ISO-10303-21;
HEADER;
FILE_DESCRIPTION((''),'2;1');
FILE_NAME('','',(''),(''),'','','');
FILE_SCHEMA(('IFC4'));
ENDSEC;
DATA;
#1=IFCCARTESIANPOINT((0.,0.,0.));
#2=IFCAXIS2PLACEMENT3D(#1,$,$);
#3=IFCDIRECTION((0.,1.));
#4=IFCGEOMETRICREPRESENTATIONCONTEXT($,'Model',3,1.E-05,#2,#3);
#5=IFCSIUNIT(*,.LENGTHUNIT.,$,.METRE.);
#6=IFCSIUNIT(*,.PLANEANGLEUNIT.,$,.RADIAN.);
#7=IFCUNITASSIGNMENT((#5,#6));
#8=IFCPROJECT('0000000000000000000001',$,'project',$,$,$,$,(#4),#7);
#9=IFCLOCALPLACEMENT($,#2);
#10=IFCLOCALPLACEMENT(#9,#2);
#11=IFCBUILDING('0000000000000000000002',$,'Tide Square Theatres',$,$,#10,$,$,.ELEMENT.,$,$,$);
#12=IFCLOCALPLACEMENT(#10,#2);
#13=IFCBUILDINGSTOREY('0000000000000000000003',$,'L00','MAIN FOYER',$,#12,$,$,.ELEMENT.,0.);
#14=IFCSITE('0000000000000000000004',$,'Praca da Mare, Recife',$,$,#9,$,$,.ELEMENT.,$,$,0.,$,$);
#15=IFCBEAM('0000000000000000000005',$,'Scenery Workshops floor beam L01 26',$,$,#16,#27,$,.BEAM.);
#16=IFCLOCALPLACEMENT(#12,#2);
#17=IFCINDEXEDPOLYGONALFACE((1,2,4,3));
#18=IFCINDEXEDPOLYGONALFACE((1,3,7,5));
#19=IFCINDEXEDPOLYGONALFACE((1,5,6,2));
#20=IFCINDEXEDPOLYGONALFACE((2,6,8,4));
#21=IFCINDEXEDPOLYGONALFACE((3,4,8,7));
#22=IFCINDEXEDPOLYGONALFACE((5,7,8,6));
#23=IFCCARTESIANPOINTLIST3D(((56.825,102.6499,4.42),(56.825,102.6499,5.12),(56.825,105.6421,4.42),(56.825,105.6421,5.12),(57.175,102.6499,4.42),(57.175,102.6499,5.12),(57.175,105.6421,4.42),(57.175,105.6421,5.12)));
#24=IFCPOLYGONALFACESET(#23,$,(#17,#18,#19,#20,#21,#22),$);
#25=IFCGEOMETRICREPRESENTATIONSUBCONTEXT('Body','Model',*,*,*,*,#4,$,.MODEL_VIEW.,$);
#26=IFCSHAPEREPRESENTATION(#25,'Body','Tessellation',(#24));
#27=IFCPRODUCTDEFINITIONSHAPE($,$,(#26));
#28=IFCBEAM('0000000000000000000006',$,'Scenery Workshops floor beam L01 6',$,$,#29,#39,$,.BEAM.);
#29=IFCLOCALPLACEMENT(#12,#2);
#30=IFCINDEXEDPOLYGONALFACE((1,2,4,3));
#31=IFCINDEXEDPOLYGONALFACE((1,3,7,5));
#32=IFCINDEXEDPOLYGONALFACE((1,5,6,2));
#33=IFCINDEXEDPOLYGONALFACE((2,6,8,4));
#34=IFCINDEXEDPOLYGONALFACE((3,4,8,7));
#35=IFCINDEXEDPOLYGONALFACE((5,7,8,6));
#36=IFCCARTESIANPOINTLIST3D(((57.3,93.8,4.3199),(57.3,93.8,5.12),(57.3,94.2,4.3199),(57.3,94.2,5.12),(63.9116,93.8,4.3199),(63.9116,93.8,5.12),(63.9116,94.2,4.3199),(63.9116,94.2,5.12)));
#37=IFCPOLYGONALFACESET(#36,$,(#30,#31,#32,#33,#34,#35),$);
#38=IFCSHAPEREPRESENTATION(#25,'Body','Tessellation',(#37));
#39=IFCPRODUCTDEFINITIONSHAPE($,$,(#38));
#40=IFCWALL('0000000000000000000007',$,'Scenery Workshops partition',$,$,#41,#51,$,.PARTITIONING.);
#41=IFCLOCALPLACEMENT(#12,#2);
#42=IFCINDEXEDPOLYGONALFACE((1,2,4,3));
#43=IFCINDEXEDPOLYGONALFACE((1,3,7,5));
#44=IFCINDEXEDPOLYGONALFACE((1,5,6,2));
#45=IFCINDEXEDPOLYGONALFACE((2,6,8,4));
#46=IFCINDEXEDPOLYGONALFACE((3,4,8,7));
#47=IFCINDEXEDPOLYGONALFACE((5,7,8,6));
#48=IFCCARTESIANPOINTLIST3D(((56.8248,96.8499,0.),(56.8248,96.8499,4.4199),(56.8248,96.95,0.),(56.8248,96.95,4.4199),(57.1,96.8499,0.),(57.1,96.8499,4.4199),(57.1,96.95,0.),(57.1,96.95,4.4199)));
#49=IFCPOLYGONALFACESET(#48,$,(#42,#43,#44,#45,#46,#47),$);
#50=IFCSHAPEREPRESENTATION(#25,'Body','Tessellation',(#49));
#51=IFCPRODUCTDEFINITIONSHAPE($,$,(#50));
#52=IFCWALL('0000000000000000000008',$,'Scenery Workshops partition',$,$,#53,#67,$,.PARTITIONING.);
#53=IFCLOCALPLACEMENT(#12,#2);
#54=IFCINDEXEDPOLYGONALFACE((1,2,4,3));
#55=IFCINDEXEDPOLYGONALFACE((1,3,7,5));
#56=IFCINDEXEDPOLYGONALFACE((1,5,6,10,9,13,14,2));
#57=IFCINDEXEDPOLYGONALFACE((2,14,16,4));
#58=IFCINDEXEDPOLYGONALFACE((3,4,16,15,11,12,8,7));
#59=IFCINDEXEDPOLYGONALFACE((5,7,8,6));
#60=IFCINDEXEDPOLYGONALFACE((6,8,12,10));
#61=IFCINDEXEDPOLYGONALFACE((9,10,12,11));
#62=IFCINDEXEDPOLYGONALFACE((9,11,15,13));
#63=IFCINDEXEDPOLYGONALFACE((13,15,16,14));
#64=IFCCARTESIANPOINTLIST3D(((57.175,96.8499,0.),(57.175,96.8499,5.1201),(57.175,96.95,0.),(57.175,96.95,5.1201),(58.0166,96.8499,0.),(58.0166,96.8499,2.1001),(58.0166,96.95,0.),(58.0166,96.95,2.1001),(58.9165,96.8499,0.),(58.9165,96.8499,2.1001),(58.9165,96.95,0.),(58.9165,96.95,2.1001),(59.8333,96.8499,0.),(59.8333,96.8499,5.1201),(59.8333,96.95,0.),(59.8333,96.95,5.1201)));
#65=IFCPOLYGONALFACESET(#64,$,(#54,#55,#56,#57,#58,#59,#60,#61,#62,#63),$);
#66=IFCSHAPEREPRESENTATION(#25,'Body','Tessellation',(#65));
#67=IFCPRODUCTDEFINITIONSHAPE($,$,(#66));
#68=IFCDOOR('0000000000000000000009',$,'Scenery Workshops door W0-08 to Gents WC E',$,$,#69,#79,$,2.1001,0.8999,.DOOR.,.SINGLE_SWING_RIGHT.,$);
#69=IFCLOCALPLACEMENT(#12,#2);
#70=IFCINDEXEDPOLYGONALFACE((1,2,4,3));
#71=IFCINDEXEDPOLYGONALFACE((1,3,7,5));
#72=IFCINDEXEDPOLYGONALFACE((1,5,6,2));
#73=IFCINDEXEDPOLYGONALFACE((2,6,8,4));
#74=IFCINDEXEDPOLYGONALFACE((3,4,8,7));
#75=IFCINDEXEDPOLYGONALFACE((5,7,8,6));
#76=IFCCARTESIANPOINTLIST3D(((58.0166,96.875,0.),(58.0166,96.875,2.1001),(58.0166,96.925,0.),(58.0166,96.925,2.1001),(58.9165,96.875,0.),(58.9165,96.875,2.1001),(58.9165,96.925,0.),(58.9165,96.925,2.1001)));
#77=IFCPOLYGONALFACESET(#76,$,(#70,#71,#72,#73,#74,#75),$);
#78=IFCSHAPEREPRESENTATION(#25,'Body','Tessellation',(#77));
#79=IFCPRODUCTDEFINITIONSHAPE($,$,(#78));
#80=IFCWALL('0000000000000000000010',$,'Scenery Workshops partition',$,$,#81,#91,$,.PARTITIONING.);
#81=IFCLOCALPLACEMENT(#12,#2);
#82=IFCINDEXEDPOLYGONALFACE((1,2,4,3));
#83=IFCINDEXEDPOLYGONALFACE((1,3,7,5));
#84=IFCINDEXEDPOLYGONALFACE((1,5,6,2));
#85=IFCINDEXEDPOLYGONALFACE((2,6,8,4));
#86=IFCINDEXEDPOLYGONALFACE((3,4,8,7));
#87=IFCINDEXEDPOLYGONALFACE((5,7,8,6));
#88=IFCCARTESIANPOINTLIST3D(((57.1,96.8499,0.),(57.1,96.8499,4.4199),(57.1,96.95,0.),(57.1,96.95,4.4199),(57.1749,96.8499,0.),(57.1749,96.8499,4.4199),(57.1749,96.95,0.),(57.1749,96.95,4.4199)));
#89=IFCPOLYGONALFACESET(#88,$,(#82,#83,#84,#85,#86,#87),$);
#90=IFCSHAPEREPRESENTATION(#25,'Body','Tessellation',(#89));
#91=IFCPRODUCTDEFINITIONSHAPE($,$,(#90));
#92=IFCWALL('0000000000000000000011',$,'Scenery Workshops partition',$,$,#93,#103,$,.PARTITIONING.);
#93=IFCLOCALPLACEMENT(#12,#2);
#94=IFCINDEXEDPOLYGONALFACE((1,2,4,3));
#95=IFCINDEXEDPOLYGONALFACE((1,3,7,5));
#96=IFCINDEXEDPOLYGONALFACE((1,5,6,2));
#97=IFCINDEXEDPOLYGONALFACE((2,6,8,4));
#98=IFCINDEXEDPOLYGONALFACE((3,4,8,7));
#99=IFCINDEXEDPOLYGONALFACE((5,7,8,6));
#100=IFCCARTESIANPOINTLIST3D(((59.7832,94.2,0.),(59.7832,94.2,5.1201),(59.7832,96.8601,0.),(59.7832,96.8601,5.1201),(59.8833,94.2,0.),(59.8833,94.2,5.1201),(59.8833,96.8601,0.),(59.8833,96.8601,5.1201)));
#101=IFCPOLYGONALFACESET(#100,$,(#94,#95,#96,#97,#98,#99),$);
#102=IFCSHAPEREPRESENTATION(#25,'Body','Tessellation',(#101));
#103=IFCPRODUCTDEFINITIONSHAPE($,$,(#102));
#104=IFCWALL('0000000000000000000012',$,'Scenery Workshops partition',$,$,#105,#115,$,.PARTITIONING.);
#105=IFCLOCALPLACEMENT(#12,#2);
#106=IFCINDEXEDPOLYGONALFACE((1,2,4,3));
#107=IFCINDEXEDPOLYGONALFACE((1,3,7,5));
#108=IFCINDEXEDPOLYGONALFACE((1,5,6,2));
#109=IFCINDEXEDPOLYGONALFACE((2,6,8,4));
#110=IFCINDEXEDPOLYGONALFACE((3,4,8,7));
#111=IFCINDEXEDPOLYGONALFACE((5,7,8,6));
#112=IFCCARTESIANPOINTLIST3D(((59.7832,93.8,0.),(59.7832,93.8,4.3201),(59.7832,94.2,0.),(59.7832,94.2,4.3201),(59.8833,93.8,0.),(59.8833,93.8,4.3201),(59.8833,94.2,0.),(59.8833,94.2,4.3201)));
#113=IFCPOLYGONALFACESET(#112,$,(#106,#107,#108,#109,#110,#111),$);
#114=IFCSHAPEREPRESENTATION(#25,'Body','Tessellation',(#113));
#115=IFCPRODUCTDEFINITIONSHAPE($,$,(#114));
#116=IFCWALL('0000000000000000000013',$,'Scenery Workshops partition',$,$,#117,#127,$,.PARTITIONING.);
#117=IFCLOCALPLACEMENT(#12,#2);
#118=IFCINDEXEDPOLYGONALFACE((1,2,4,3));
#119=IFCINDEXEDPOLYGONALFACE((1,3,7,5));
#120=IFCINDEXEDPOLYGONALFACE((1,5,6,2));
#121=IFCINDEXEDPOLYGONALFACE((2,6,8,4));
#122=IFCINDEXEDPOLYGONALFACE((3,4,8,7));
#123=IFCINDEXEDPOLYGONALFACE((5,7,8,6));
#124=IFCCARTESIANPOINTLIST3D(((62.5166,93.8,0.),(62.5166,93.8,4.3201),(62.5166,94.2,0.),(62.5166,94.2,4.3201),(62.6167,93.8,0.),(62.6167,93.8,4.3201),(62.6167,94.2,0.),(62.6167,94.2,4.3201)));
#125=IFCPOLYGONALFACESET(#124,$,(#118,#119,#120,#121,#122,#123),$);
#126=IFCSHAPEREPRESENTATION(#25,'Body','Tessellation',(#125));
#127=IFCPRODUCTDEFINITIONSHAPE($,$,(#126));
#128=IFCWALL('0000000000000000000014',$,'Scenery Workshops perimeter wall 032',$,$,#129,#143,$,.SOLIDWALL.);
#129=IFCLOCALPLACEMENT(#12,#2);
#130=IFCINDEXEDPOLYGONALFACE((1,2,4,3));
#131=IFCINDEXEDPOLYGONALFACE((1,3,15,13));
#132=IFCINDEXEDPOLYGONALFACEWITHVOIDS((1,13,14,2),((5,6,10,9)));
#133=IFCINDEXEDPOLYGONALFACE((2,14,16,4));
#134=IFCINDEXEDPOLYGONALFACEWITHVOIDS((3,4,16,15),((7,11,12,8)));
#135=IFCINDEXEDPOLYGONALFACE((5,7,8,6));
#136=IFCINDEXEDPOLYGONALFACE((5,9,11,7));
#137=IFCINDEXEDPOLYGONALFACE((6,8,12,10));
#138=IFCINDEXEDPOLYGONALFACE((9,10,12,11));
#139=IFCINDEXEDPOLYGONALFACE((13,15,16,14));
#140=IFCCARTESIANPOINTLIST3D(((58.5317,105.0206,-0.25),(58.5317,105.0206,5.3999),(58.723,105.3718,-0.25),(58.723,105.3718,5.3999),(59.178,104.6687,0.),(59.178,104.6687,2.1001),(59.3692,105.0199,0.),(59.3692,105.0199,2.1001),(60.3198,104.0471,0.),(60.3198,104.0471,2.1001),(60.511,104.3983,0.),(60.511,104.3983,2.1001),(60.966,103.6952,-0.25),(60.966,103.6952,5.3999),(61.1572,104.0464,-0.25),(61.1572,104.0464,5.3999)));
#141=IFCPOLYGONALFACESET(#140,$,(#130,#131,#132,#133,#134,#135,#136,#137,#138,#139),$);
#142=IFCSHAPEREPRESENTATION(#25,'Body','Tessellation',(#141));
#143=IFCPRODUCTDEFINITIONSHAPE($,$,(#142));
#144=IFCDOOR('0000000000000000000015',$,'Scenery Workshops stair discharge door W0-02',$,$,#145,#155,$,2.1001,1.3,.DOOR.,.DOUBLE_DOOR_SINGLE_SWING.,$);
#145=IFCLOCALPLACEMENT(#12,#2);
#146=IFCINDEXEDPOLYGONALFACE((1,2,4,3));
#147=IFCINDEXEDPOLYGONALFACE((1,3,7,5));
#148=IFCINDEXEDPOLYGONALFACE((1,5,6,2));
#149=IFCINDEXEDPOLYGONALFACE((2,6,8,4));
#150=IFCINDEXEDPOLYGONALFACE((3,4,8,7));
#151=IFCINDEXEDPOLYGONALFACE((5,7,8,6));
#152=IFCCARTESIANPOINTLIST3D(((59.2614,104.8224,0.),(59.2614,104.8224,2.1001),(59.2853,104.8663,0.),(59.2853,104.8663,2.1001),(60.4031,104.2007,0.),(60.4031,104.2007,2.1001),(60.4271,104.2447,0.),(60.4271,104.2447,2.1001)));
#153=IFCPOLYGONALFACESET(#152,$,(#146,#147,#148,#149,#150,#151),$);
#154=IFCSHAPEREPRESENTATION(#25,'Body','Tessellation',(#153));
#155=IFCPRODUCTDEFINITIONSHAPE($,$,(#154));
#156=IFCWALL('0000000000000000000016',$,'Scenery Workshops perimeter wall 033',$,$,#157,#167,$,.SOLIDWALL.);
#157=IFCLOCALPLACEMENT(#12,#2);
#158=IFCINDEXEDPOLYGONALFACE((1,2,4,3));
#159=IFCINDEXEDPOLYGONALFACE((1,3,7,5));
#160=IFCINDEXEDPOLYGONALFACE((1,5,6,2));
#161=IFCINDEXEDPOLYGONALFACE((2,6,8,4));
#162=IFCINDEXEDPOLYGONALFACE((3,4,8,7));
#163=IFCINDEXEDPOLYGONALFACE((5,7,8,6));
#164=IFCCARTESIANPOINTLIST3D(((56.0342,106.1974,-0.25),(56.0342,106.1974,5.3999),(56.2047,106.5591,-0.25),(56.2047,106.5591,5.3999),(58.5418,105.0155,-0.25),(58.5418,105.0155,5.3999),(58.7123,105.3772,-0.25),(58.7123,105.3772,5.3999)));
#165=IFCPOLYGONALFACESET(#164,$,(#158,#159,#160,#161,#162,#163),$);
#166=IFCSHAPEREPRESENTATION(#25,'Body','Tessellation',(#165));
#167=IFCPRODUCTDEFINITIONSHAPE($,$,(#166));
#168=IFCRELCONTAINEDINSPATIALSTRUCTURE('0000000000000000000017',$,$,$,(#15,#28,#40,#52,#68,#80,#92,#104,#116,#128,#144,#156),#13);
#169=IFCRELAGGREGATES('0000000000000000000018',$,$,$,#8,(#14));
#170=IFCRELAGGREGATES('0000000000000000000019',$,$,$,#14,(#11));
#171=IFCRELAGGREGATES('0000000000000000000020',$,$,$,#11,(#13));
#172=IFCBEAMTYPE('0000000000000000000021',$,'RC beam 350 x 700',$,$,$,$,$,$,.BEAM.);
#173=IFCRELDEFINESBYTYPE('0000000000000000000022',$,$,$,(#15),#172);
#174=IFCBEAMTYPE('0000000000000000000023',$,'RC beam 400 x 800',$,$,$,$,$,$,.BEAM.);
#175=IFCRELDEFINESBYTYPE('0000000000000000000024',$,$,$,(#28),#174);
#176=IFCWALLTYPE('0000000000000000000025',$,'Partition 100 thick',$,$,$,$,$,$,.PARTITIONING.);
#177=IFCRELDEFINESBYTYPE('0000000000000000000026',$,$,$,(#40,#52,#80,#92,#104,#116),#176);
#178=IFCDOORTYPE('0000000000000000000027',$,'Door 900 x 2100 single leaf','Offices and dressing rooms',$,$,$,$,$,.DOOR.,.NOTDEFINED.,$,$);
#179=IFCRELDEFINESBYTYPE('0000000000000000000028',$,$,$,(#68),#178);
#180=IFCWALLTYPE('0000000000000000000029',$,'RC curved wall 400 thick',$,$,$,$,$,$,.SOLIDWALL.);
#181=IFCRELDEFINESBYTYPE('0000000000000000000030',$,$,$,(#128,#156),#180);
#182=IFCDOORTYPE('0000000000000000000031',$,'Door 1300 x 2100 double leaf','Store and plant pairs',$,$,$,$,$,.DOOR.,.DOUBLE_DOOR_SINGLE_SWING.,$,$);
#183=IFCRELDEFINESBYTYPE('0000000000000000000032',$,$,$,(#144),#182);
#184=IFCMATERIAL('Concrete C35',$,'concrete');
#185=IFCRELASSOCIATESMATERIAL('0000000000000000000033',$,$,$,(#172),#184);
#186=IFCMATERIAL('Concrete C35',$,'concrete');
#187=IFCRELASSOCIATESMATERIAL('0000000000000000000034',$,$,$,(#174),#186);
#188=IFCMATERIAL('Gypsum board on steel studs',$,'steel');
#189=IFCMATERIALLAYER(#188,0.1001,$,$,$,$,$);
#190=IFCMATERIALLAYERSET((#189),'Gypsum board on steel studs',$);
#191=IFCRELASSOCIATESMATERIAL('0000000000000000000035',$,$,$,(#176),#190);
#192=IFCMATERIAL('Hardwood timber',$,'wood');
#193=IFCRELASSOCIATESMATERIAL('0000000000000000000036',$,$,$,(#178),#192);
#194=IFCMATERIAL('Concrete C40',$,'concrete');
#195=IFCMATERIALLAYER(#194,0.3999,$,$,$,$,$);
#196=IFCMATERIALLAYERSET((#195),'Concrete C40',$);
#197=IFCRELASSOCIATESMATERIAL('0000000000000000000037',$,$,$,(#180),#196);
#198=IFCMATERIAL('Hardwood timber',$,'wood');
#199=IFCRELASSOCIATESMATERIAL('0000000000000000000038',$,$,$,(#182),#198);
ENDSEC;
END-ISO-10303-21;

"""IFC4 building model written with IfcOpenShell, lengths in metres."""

from ifc_helpers import new_model, si_unit, direction, frame, frame_2d, origin, origin_2d, place, context, subcontext, project, spatial, rectangle, extrude, material, layer, layer_set, material_profile, profile_set, type_object, element, fill, save


model = new_model("IFC4")

# Units and contexts
model_context = context("Model", 3, precision=1e-05, world=origin(), true_north=direction((0.0, 1.0)))
body_context = subcontext(model_context, "Body", "Model", "MODEL_VIEW")
ifc_project = project(units=[si_unit("LENGTHUNIT", "METRE"), si_unit("PLANEANGLEUNIT", "RADIAN")], contexts=[model_context])

# Site, building, storey
site_placement = place(None, origin())
site = spatial("IfcSite", under=ifc_project, at=site_placement, Name="Praca da Mare, Recife", CompositionType="ELEMENT", RefElevation=0.0)
building_placement = place(site_placement, origin())
building = spatial("IfcBuilding", under=site, at=building_placement, Name="Tide Square Theatres", CompositionType="ELEMENT")
storey_placement = place(building_placement, origin())
storey = spatial("IfcBuildingStorey", under=building, at=storey_placement, Name="L00", Description="MAIN FOYER", CompositionType="ELEMENT", Elevation=0.0)

# Beams
ifc_material_1 = material(Name="Concrete C35", Category="concrete")
ifc_material_profile_1 = material_profile(ifc_material_1, rectangle(XDim=0.3501, YDim=0.7, at=origin_2d()))
ifc_profile_set_1 = profile_set([ifc_material_profile_1], Name="Concrete C35")
beam_type_1 = type_object("IfcBeamType", Name="RC beam 350 x 700", PredefinedType="BEAM", material=ifc_profile_set_1)
beam_1_placement = place(storey_placement, frame((57.0, 102.6499, 4.77), z_axis=(0.0, 1.0, 0.0), x_axis=(-1.0, 0.0, 0.0)))
element("IfcBeam", 1, at=beam_1_placement, inside=storey, type_object=beam_type_1, Name="Scenery Workshops floor beam L01 26", PredefinedType="BEAM", context=body_context, shape_type="SweptSolid", body=[
    extrude(rectangle(XDim=0.3501, YDim=0.7, at=origin_2d()), origin(), (0.0, 0.0, 1.0), 2.9922),
])
ifc_material_2 = material(Name="Concrete C35", Category="concrete")
ifc_material_profile_2 = material_profile(ifc_material_2, rectangle(XDim=0.3999, YDim=0.8, at=origin_2d()))
ifc_profile_set_2 = profile_set([ifc_material_profile_2], Name="Concrete C35")
beam_type_2 = type_object("IfcBeamType", Name="RC beam 400 x 800", PredefinedType="BEAM", material=ifc_profile_set_2)
beam_2_placement = place(storey_placement, frame((57.3, 94.0, 4.72), z_axis=(1.0, 0.0, 0.0), x_axis=(0.0, 1.0, 0.0)))
element("IfcBeam", 2, at=beam_2_placement, inside=storey, type_object=beam_type_2, Name="Scenery Workshops floor beam L01 6", PredefinedType="BEAM", context=body_context, shape_type="SweptSolid", body=[
    extrude(rectangle(XDim=0.3999, YDim=0.8, at=origin_2d()), origin(), (0.0, 0.0, 1.0), 6.6116),
])

# Wall
ifc_material_3 = material(Name="Gypsum board on steel studs", Category="steel")
ifc_layer_1 = layer(ifc_material_3, 0.1001)
ifc_layer_set_1 = layer_set([ifc_layer_1], Name="Gypsum board on steel studs")
wall_type_1 = type_object("IfcWallType", Name="Partition 100 thick", PredefinedType="PARTITIONING", material=ifc_layer_set_1)
wall_1_placement = place(storey_placement, frame((57.1001, 96.8999, 0.0), z_axis=(0.0, 0.0, 1.0), x_axis=(-1.0, 0.0, 0.0)))
element("IfcWall", 3, at=wall_1_placement, inside=storey, type_object=wall_type_1, Name="Scenery Workshops partition", PredefinedType="PARTITIONING", context=body_context, shape_type="SweptSolid", body=[
    extrude(rectangle(XDim=0.2751, YDim=0.1001, at=frame_2d((0.1377, 0.0))), origin(), (0.0, 0.0, 1.0), 4.4199),
])

# Wall, opening, door
wall_2_placement = place(storey_placement, frame((59.8333, 96.8999, 0.0), z_axis=(0.0, 0.0, 1.0), x_axis=(-1.0, 0.0, 0.0)))
wall_2 = element("IfcWall", 4, at=wall_2_placement, inside=storey, type_object=wall_type_1, Name="Scenery Workshops partition", PredefinedType="PARTITIONING", context=body_context, shape_type="SweptSolid", body=[
    extrude(rectangle(XDim=2.6582, YDim=0.1001, at=frame_2d((1.3291, 0.0))), origin(), (0.0, 0.0, 1.0), 5.1201),
])
opening_1_placement = place(wall_2_placement, frame((0.9167, 0.0, 0.0)))
opening_1 = element("IfcOpeningElement", 5, at=opening_1_placement, cuts=wall_2, PredefinedType="OPENING", context=body_context, shape_type="SweptSolid", body=[
    extrude(rectangle(XDim=0.8999, YDim=2.1001, at=frame_2d((0.45, 1.05))), frame((0.0, 0.0601, 0.0), z_axis=(0.0, -1.0, 0.0), x_axis=(1.0, 0.0, 0.0)), (0.0, 0.0, 1.0), 0.1201),
])
ifc_material_4 = material(Name="Hardwood timber", Category="wood")
door_type_1 = type_object("IfcDoorType", Name="Door 900 x 2100 single leaf", Description="Offices and dressing rooms", OperationType="NOTDEFINED", PredefinedType="DOOR", material=ifc_material_4)
door_1_placement = place(opening_1_placement, origin())
door_1 = element("IfcDoor", 6, at=door_1_placement, inside=storey, type_object=door_type_1, Name="Scenery Workshops door W0-08 to Gents WC E", OperationType="SINGLE_SWING_RIGHT", OverallHeight=2.1001, OverallWidth=0.8999, PredefinedType="DOOR", context=body_context, shape_type="SweptSolid", body=[
    extrude(rectangle(XDim=0.8999, YDim=2.1001, at=frame_2d((0.45, 1.05))), frame((0.0, 0.0249, 0.0), z_axis=(0.0, -1.0, 0.0), x_axis=(1.0, 0.0, 0.0)), (0.0, 0.0, 1.0), 0.05),
])
fill(opening_1, door_1)

# Walls
wall_3_placement = place(storey_placement, frame((57.175, 96.8999, 0.0), z_axis=(0.0, 0.0, 1.0), x_axis=(-1.0, 0.0, 0.0)))
element("IfcWall", 7, at=wall_3_placement, inside=storey, type_object=wall_type_1, Name="Scenery Workshops partition", PredefinedType="PARTITIONING", context=body_context, shape_type="SweptSolid", body=[
    extrude(rectangle(XDim=0.075, YDim=0.1001, at=frame_2d((0.0376, 0.0))), origin(), (0.0, 0.0, 1.0), 4.4199),
])
wall_4_placement = place(storey_placement, frame((59.8333, 96.8601, 0.0), z_axis=(0.0, 0.0, 1.0), x_axis=(0.0, -1.0, 0.0)))
element("IfcWall", 8, at=wall_4_placement, inside=storey, type_object=wall_type_1, Name="Scenery Workshops partition", PredefinedType="PARTITIONING", context=body_context, shape_type="SweptSolid", body=[
    extrude(rectangle(XDim=2.6602, YDim=0.1001, at=frame_2d((1.3301, 0.0))), origin(), (0.0, 0.0, 1.0), 5.1201),
])
for number, where, z_axis, x_axis, name in (
    (9, (59.8333, 94.2, 0.0), (0.0, 0.0, 1.0), (0.0, -1.0, 0.0), "Scenery Workshops partition"),
    (10, (62.5667, 94.2, 0.0), (0.0, 0.0, 1.0), (0.0, -1.0, 0.0), "Scenery Workshops partition"),
):
    element("IfcWall", number, at=place(storey_placement, frame(where, z_axis=z_axis, x_axis=x_axis)), inside=storey, type_object=wall_type_1, Name=name, PredefinedType="PARTITIONING", context=body_context, shape_type="SweptSolid", body=[
        extrude(rectangle(XDim=0.3999, YDim=0.1001, at=frame_2d((0.2, 0.0))), origin(), (0.0, 0.0, 1.0), 4.3201),
    ])

# Wall, opening, door
ifc_material_5 = material(Name="Concrete C40", Category="concrete")
ifc_layer_2 = layer(ifc_material_5, 0.3999)
ifc_layer_set_2 = layer_set([ifc_layer_2], Name="Concrete C40")
wall_type_2 = type_object("IfcWallType", Name="RC curved wall 400 thick", PredefinedType="SOLIDWALL", material=ifc_layer_set_2)
wall_5_placement = place(storey_placement, frame((61.0615, 103.8708, -0.25), z_axis=(0.0, 0.0, 1.0), x_axis=(-0.878256, 0.478192, 0.0)))
wall_5 = element("IfcWall", 11, at=wall_5_placement, inside=storey, type_object=wall_type_2, Name="Scenery Workshops perimeter wall 032", PredefinedType="SOLIDWALL", context=body_context, shape_type="SweptSolid", body=[
    extrude(rectangle(XDim=2.7717, YDim=0.3999, at=frame_2d((1.3857, 0.0))), origin(), (0.0, 0.0, 1.0), 5.6499),
])
opening_2_placement = place(wall_5_placement, frame((0.7358, 0.0, 0.25)))
opening_2 = element("IfcOpeningElement", 12, at=opening_2_placement, cuts=wall_5, PredefinedType="OPENING", context=body_context, shape_type="SweptSolid", body=[
    extrude(rectangle(XDim=1.3, YDim=2.1001, at=frame_2d((0.6499, 1.05))), frame((0.0, 0.21, 0.0), z_axis=(0.0, -1.0, 0.0), x_axis=(1.0, 0.0, 0.0)), (0.0, 0.0, 1.0), 0.4199),
])
ifc_material_6 = material(Name="Hardwood timber", Category="wood")
door_type_2 = type_object("IfcDoorType", Name="Door 1300 x 2100 double leaf", Description="Store and plant pairs", OperationType="DOUBLE_DOOR_SINGLE_SWING", PredefinedType="DOOR", material=ifc_material_6)
door_2_placement = place(opening_2_placement, frame((1.3, 0.0, 0.0), z_axis=(0.0, 0.0, 1.0), x_axis=(-1.0, 0.0, 0.0)))
door_2 = element("IfcDoor", 13, at=door_2_placement, inside=storey, type_object=door_type_2, Name="Scenery Workshops stair discharge door W0-02", OperationType="DOUBLE_DOOR_SINGLE_SWING", OverallHeight=2.1001, OverallWidth=1.3, PredefinedType="DOOR", context=body_context, shape_type="SweptSolid", body=[
    extrude(rectangle(XDim=1.3, YDim=2.1001, at=frame_2d((0.6499, 1.05))), frame((0.0, 0.0249, 0.0), z_axis=(0.0, -1.0, 0.0), x_axis=(1.0, 0.0, 0.0)), (0.0, 0.0, 1.0), 0.05),
])
fill(opening_2, door_2)

# Wall
wall_6_placement = place(storey_placement, frame((58.6272, 105.1963, -0.25), z_axis=(0.0, 0.0, 1.0), x_axis=(-0.904561, 0.426344, 0.0)))
element("IfcWall", 14, at=wall_6_placement, inside=storey, type_object=wall_type_2, Name="Scenery Workshops perimeter wall 033", PredefinedType="SOLIDWALL", context=body_context, shape_type="SweptSolid", body=[
    extrude(rectangle(XDim=2.7722, YDim=0.3999, at=frame_2d((1.3862, 0.0))), origin(), (0.0, 0.0, 1.0), 5.6499),
])

save(model, "model.ifc")
